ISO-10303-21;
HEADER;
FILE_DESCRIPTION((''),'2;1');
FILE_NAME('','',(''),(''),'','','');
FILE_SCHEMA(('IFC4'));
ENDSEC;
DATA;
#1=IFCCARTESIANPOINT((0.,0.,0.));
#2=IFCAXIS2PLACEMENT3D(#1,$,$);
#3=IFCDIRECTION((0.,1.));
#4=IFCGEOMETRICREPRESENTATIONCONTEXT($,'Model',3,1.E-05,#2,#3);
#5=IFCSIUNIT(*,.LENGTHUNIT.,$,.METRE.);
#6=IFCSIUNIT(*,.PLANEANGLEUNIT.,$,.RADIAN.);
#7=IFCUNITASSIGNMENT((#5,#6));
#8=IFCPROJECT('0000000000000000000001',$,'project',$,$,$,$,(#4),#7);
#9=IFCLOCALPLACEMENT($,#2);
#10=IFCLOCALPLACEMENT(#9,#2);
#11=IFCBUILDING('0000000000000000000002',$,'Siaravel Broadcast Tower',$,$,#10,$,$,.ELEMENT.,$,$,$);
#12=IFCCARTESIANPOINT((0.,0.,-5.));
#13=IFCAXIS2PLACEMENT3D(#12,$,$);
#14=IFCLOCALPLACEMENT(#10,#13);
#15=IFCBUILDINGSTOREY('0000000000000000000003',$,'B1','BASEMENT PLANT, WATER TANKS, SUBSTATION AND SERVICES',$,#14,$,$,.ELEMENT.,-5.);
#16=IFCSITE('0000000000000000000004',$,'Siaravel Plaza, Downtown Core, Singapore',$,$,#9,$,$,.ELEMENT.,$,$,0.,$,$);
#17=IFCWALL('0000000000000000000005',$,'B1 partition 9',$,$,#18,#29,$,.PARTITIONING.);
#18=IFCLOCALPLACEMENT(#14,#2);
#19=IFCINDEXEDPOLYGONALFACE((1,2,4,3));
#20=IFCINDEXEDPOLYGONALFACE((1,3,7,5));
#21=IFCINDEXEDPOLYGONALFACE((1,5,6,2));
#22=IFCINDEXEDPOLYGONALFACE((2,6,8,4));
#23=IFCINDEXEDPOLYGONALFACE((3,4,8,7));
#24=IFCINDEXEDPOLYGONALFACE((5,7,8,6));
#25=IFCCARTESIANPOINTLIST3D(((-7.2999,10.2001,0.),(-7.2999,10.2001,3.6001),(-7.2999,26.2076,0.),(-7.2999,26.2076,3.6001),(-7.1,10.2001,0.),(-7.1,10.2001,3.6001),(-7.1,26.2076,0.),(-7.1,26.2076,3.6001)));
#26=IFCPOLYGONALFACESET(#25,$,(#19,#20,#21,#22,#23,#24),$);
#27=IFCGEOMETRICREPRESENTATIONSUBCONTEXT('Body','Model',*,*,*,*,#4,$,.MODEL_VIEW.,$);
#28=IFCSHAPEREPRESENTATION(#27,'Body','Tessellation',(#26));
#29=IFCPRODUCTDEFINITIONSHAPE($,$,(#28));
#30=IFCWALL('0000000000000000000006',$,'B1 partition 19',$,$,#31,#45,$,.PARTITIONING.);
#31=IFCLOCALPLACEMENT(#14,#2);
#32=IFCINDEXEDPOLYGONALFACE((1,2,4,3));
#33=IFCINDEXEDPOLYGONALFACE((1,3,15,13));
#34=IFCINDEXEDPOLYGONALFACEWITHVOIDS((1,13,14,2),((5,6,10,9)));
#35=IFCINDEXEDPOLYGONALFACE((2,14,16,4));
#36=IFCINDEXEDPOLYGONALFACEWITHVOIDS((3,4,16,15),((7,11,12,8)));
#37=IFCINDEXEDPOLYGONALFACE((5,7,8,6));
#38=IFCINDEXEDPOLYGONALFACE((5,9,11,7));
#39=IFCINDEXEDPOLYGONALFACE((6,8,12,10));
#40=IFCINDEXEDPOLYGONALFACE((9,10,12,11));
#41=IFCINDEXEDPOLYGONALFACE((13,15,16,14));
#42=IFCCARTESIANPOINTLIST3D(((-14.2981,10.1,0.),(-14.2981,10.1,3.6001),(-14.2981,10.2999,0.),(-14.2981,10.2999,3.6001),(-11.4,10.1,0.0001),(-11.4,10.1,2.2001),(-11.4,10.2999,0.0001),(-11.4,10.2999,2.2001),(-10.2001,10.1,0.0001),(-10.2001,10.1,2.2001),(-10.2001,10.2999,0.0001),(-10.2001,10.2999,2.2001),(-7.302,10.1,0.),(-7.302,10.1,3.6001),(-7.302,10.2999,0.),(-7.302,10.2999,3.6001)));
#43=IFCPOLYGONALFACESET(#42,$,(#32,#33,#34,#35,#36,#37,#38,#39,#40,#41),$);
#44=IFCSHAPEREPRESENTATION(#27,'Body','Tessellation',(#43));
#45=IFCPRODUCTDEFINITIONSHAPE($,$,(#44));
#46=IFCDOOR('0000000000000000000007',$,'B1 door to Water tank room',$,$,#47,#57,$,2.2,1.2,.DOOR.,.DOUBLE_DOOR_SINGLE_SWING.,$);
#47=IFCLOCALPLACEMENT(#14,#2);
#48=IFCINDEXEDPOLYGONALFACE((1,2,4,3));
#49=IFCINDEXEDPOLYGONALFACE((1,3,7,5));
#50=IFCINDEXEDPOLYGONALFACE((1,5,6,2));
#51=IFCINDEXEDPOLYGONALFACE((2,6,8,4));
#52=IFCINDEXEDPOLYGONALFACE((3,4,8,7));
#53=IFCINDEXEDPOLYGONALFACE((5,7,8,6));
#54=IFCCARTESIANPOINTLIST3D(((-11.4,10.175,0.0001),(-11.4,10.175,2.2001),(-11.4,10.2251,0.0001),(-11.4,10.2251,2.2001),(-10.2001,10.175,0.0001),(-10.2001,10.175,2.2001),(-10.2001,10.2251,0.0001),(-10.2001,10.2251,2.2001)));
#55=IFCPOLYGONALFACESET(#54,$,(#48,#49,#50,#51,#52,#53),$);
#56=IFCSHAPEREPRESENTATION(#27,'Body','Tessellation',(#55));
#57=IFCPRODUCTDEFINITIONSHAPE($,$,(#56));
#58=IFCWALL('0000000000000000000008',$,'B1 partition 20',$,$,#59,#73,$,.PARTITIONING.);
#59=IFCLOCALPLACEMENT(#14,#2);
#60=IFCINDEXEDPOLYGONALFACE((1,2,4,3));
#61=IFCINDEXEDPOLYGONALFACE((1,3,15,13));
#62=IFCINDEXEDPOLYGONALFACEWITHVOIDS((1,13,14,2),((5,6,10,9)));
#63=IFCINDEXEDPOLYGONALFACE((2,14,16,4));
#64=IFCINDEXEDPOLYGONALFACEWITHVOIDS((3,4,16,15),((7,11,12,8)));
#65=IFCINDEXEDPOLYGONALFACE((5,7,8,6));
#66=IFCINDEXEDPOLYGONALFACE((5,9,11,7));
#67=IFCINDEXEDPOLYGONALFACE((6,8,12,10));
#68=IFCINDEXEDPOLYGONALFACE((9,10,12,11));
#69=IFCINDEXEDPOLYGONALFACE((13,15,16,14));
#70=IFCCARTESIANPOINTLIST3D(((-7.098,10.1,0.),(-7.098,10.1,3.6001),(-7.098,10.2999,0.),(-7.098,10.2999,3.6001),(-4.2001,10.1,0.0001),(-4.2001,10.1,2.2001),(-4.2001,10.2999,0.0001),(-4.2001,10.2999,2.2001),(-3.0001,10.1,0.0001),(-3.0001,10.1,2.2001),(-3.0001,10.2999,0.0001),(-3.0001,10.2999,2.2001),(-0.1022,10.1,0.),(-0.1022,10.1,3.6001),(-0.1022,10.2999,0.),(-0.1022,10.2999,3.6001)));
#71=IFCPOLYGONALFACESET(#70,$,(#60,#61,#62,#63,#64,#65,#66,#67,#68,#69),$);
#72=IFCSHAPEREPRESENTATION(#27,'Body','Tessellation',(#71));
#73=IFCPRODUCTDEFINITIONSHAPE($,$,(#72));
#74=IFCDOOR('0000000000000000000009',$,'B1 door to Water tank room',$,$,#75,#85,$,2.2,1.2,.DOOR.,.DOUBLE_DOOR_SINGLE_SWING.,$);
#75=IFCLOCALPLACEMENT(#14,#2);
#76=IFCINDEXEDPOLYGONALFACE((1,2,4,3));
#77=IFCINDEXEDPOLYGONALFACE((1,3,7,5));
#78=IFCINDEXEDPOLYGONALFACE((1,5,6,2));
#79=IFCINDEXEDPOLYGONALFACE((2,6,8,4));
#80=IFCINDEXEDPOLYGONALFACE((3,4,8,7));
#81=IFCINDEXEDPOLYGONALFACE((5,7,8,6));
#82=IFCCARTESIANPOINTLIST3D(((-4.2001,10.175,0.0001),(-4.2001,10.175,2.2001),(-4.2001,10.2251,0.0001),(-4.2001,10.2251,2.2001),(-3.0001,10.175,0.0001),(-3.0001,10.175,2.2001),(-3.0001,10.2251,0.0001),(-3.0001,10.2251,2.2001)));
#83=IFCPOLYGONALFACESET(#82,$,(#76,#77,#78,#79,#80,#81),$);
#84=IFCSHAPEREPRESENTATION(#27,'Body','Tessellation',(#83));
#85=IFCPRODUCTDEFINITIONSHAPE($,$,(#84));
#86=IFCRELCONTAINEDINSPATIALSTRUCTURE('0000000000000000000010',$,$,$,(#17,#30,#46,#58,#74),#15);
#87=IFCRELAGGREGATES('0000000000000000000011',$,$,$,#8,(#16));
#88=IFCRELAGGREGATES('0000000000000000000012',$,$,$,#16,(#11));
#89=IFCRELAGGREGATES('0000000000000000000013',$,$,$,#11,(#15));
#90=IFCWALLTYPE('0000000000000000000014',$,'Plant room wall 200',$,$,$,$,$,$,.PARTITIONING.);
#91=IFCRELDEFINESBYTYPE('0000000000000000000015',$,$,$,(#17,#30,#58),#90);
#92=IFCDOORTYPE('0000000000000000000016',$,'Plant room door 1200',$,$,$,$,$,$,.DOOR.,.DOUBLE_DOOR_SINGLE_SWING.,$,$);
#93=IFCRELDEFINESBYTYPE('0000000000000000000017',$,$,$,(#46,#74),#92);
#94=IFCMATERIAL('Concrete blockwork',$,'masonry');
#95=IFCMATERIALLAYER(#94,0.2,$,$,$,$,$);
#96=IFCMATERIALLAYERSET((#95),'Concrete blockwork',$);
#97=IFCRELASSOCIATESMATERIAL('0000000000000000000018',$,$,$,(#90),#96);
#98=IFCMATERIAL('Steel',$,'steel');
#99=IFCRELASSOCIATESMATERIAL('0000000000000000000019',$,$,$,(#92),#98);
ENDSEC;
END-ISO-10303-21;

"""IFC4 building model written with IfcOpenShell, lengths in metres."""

from ifc_helpers import new_model, si_unit, direction, frame, frame_2d, origin, place, context, subcontext, project, spatial, rectangle, extrude, material, layer, layer_set, type_object, element, fill, save


model = new_model("IFC4")

# Units and contexts
model_context = context("Model", 3, precision=1e-05, world=origin(), true_north=direction((0.0, 1.0)))
body_context = subcontext(model_context, "Body", "Model", "MODEL_VIEW")
ifc_project = project(units=[si_unit("LENGTHUNIT", "METRE"), si_unit("PLANEANGLEUNIT", "RADIAN")], contexts=[model_context])

# Site, building, storey
site_placement = place(None, origin())
site = spatial("IfcSite", under=ifc_project, at=site_placement, Name="Siaravel Plaza, Downtown Core, Singapore", CompositionType="ELEMENT", RefElevation=0.0)
building_placement = place(site_placement, origin())
building = spatial("IfcBuilding", under=site, at=building_placement, Name="Siaravel Broadcast Tower", CompositionType="ELEMENT")
storey_placement = place(building_placement, frame((0.0, 0.0, -5.0)))
storey = spatial("IfcBuildingStorey", under=building, at=storey_placement, Name="B1", Description="BASEMENT PLANT, WATER TANKS, SUBSTATION AND SERVICES", CompositionType="ELEMENT", Elevation=-5.0)

# Wall
ifc_material_1 = material(Name="Concrete blockwork", Category="masonry")
ifc_layer = layer(ifc_material_1, 0.2)
ifc_layer_set = layer_set([ifc_layer], Name="Concrete blockwork")
wall_type = type_object("IfcWallType", Name="Plant room wall 200", PredefinedType="PARTITIONING", material=ifc_layer_set)
wall_1_placement = place(storey_placement, frame((-7.2, 10.2, 0.0), z_axis=(0.0, 0.0, 1.0), x_axis=(0.0, 1.0, 0.0)))
element("IfcWall", 1, at=wall_1_placement, inside=storey, type_object=wall_type, Name="B1 partition 9", PredefinedType="PARTITIONING", context=body_context, shape_type="SweptSolid", body=[
    extrude(rectangle(XDim=16.0076, YDim=0.2, at=frame_2d((8.0039, 0.0))), origin(), (0.0, 0.0, 1.0), 3.6001),
])

# Walls, openings, doors
wall_2_placement = place(storey_placement, frame((-7.302, 10.2, 0.0), z_axis=(0.0, 0.0, 1.0), x_axis=(-1.0, 0.0, 0.0)))
wall_2 = element("IfcWall", 2, at=wall_2_placement, inside=storey, type_object=wall_type, Name="B1 partition 19", PredefinedType="PARTITIONING", context=body_context, shape_type="SweptSolid", body=[
    extrude(rectangle(XDim=6.9961, YDim=0.2, at=frame_2d((3.498, 0.0))), origin(), (0.0, 0.0, 1.0), 3.6001),
])
opening_1_placement = place(wall_2_placement, frame((2.8979, 0.0, 0.0)))
opening_1 = element("IfcOpeningElement", 3, at=opening_1_placement, cuts=wall_2, PredefinedType="OPENING", context=body_context, shape_type="SweptSolid", body=[
    extrude(rectangle(XDim=1.2, YDim=2.2, at=frame_2d((0.6001, 1.1001))), frame((0.0, 0.1099, 0.0), z_axis=(0.0, -1.0, 0.0), x_axis=(1.0, 0.0, 0.0)), (0.0, 0.0, 1.0), 0.22),
])
ifc_material_2 = material(Name="Steel", Category="steel")
door_type = type_object("IfcDoorType", Name="Plant room door 1200", OperationType="DOUBLE_DOOR_SINGLE_SWING", PredefinedType="DOOR", material=ifc_material_2)
door_1_placement = place(opening_1_placement, origin())
door_1 = element("IfcDoor", 4, at=door_1_placement, inside=storey, type_object=door_type, Name="B1 door to Water tank room", OperationType="DOUBLE_DOOR_SINGLE_SWING", OverallHeight=2.2, OverallWidth=1.2, PredefinedType="DOOR", context=body_context, shape_type="SweptSolid", body=[
    extrude(rectangle(XDim=1.2, YDim=2.2, at=frame_2d((0.6001, 1.1001))), frame((0.0, 0.0249, 0.0), z_axis=(0.0, -1.0, 0.0), x_axis=(1.0, 0.0, 0.0)), (0.0, 0.0, 1.0), 0.05),
])
fill(opening_1, door_1)
wall_3_placement = place(storey_placement, frame((-0.1021, 10.2, 0.0), z_axis=(0.0, 0.0, 1.0), x_axis=(-1.0, 0.0, 0.0)))
wall_3 = element("IfcWall", 5, at=wall_3_placement, inside=storey, type_object=wall_type, Name="B1 partition 20", PredefinedType="PARTITIONING", context=body_context, shape_type="SweptSolid", body=[
    extrude(rectangle(XDim=6.9958, YDim=0.2, at=frame_2d((3.498, 0.0))), origin(), (0.0, 0.0, 1.0), 3.6001),
])
opening_2_placement = place(wall_3_placement, frame((2.8979, 0.0, 0.0)))
opening_2 = element("IfcOpeningElement", 6, at=opening_2_placement, cuts=wall_3, PredefinedType="OPENING", context=body_context, shape_type="SweptSolid", body=[
    extrude(rectangle(XDim=1.2, YDim=2.2, at=frame_2d((0.6001, 1.1001))), frame((0.0, 0.1099, 0.0), z_axis=(0.0, -1.0, 0.0), x_axis=(1.0, 0.0, 0.0)), (0.0, 0.0, 1.0), 0.22),
])
door_2_placement = place(opening_2_placement, origin())
door_2 = element("IfcDoor", 7, at=door_2_placement, inside=storey, type_object=door_type, Name="B1 door to Water tank room", OperationType="DOUBLE_DOOR_SINGLE_SWING", OverallHeight=2.2, OverallWidth=1.2, PredefinedType="DOOR", context=body_context, shape_type="SweptSolid", body=[
    extrude(rectangle(XDim=1.2, YDim=2.2, at=frame_2d((0.6001, 1.1001))), frame((0.0, 0.0249, 0.0), z_axis=(0.0, -1.0, 0.0), x_axis=(1.0, 0.0, 0.0)), (0.0, 0.0, 1.0), 0.05),
])
fill(opening_2, door_2)

save(model, "model.ifc")
